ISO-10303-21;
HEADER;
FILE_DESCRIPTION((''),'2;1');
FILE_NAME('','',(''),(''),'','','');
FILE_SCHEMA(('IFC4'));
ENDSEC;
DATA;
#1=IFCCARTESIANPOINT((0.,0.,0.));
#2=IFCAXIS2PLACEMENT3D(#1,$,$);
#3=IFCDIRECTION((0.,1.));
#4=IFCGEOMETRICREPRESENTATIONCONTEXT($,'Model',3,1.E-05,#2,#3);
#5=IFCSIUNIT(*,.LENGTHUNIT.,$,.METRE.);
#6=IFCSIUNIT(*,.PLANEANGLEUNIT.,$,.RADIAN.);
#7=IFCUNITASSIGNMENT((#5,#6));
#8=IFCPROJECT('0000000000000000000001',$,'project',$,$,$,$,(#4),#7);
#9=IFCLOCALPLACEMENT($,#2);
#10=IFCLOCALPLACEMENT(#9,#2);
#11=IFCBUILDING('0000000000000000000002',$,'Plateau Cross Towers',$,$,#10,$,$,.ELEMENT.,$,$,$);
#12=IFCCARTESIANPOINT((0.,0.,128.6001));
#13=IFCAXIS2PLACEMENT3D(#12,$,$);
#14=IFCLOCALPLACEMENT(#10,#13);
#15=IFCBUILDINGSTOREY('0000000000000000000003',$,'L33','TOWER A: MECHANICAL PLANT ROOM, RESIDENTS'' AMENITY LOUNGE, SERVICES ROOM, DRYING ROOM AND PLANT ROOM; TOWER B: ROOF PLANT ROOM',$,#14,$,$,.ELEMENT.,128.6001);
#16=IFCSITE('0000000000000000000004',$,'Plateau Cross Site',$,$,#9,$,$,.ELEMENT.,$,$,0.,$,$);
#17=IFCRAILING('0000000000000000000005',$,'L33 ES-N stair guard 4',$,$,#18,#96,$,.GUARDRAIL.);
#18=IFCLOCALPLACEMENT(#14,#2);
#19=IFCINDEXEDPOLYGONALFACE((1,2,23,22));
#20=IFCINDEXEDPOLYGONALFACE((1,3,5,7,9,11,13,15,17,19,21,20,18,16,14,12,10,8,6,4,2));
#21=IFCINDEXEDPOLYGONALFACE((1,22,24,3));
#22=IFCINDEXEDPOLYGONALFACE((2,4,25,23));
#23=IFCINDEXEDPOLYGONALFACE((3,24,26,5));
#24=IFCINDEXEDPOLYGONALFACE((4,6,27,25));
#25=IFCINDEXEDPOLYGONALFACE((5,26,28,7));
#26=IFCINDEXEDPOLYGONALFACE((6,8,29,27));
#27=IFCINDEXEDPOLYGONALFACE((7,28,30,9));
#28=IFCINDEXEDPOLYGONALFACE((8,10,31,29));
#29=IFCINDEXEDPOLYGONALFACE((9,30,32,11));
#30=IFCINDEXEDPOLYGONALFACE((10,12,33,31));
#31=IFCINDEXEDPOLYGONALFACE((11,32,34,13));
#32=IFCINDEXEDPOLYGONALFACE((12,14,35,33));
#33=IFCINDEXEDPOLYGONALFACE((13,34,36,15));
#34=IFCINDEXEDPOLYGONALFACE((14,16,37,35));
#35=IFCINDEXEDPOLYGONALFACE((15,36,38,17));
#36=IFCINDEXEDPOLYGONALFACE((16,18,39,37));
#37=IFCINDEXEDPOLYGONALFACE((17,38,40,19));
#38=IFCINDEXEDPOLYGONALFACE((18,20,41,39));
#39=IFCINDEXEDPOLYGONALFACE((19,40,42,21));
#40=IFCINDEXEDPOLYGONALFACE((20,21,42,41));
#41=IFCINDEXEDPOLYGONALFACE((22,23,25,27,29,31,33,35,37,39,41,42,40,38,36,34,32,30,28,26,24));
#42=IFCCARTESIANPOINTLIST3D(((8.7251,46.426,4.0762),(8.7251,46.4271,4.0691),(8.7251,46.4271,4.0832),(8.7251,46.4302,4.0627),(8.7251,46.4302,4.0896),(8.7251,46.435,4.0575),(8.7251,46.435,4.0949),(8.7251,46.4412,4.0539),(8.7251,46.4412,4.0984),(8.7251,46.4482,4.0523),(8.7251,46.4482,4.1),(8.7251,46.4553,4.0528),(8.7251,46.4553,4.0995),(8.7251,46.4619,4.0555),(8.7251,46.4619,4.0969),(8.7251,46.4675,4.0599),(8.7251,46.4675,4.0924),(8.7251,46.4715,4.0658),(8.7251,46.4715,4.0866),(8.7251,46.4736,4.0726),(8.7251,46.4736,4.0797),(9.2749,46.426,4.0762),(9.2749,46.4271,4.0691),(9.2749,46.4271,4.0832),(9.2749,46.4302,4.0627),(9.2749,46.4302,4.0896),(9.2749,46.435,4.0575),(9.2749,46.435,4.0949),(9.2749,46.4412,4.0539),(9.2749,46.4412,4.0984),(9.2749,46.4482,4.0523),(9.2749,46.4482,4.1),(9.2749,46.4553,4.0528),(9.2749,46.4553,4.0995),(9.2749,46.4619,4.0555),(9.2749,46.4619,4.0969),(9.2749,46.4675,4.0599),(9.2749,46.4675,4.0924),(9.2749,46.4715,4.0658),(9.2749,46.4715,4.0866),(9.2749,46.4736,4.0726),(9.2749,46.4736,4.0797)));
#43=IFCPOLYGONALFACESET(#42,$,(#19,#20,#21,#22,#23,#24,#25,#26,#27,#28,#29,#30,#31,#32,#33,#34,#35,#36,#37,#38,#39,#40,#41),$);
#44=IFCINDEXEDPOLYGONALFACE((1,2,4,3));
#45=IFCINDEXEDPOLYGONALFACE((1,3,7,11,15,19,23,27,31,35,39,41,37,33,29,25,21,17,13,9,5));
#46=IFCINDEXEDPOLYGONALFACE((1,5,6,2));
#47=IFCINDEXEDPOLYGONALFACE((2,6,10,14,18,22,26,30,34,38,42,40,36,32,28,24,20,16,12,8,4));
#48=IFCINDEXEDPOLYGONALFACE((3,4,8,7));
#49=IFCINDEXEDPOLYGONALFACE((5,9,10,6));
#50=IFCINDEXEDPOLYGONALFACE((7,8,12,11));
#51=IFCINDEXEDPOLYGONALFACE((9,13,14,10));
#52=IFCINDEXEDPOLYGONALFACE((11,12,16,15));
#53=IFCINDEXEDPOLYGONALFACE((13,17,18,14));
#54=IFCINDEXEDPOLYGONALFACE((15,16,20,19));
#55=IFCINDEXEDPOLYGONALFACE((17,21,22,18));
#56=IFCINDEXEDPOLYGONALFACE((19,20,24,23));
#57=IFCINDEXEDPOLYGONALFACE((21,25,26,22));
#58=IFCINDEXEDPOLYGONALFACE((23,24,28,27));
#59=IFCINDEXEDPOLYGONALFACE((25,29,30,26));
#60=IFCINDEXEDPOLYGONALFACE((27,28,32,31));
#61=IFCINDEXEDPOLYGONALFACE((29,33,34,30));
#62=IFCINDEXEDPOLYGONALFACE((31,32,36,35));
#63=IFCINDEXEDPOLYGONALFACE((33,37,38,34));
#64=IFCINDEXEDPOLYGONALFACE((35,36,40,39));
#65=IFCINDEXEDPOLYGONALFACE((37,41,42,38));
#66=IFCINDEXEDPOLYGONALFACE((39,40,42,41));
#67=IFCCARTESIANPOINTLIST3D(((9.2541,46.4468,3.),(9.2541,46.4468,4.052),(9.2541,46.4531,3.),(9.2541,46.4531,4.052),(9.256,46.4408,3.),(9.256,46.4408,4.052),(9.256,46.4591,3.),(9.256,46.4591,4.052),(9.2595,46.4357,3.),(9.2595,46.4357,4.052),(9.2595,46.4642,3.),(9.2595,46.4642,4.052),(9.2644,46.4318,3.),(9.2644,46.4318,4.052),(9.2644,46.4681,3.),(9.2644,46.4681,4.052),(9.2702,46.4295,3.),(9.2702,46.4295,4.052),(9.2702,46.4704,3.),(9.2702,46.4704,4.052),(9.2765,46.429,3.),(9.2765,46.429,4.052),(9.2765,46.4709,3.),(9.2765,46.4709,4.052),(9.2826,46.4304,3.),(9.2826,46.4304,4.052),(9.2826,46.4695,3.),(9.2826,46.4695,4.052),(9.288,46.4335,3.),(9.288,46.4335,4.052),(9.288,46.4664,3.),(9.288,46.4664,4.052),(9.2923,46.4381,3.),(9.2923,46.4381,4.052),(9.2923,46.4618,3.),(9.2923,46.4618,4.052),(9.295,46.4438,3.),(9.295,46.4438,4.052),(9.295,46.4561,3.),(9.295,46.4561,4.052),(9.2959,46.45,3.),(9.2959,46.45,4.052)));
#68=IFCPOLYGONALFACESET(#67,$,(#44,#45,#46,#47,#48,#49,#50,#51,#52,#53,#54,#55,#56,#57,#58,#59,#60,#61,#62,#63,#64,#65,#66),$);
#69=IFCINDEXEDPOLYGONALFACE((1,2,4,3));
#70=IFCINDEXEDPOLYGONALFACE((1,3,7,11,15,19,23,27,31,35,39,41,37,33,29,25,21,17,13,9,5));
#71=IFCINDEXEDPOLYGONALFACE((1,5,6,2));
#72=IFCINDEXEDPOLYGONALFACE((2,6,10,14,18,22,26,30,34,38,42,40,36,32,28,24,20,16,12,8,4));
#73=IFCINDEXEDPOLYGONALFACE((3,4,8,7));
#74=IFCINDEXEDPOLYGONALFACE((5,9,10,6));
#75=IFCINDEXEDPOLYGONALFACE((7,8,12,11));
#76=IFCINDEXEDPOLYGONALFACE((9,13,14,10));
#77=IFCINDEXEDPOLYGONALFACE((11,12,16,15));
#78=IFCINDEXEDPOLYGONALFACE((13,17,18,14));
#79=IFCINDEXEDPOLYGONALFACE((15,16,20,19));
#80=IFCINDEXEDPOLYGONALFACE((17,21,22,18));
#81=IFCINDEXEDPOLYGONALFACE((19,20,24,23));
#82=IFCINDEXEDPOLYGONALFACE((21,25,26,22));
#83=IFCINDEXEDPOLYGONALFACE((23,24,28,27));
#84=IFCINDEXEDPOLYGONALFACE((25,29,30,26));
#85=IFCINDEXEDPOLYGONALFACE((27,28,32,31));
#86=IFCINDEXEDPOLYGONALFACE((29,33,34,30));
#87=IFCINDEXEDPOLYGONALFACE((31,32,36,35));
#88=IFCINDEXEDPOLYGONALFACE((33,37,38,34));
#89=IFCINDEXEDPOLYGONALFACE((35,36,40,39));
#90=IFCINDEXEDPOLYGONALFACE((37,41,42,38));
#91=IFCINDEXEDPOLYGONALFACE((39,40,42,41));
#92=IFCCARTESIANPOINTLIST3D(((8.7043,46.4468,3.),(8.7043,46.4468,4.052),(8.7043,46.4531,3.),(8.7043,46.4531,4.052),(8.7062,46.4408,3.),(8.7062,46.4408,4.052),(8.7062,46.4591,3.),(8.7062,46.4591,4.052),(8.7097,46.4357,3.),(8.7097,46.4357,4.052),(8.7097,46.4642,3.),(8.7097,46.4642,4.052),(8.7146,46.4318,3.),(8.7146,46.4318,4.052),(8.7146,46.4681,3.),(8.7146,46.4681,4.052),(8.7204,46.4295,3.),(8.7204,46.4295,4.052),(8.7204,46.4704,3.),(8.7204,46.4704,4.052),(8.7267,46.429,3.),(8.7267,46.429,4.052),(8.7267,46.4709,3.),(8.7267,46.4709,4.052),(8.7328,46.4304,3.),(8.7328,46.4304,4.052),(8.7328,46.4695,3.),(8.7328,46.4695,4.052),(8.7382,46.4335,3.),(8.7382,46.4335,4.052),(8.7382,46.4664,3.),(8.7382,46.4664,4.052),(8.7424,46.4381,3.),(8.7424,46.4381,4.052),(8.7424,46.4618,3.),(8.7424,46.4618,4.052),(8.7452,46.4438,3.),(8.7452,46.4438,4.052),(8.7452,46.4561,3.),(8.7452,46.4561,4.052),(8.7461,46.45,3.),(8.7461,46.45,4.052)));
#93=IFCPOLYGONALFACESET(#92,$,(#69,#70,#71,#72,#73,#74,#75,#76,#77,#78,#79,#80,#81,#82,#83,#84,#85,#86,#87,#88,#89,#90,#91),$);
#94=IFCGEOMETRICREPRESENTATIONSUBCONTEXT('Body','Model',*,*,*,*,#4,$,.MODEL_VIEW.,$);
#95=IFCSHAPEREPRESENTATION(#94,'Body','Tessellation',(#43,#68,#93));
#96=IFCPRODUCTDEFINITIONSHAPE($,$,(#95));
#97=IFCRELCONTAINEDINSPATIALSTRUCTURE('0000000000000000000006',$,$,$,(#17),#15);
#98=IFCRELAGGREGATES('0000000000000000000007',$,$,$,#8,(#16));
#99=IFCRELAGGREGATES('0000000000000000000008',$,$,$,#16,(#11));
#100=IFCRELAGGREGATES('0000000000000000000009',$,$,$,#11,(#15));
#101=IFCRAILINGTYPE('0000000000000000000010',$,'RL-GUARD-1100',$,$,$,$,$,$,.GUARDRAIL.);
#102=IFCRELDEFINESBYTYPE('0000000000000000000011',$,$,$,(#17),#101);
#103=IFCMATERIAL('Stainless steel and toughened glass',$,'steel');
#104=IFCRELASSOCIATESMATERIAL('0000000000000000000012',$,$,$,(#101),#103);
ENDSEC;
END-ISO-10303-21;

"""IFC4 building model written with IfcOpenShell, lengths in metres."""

from ifc_helpers import new_model, si_unit, direction, frame, origin, origin_2d, place, context, subcontext, project, spatial, circle, extrude, material, type_object, element, save


model = new_model("IFC4")

# Units and contexts
model_context = context("Model", 3, precision=1e-05, world=origin(), true_north=direction((0.0, 1.0)))
body_context = subcontext(model_context, "Body", "Model", "MODEL_VIEW")
ifc_project = project(units=[si_unit("LENGTHUNIT", "METRE"), si_unit("PLANEANGLEUNIT", "RADIAN")], contexts=[model_context])

# Site, building, storey
site_placement = place(None, origin())
site = spatial("IfcSite", under=ifc_project, at=site_placement, Name="Plateau Cross Site", CompositionType="ELEMENT", RefElevation=0.0)
building_placement = place(site_placement, origin())
building = spatial("IfcBuilding", under=site, at=building_placement, Name="Plateau Cross Towers", CompositionType="ELEMENT")
storey_placement = place(building_placement, frame((0.0, 0.0, 128.6001)))
storey = spatial("IfcBuildingStorey", under=building, at=storey_placement, Name="L33", Description="TOWER A: MECHANICAL PLANT ROOM, RESIDENTS' AMENITY LOUNGE, SERVICES ROOM, DRYING ROOM AND PLANT ROOM; TOWER B: ROOF PLANT ROOM", CompositionType="ELEMENT", Elevation=128.6001)

# Railing
ifc_material_1 = material(Name="Stainless steel and toughened glass", Category="steel")
railing_type_1 = type_object("IfcRailingType", Name="RL-GUARD-1100", PredefinedType="GUARDRAIL", material=ifc_material_1)
for number, where, name in (
    (1, (9.2749, 46.45, 3.0), "L33 ES-N stair guard 4"),
):
    element("IfcRailing", number, at=place(storey_placement, frame(where)), inside=storey, type_object=railing_type_1, Name=name, PredefinedType="GUARDRAIL", context=body_context, shape_type="SweptSolid", body=[
        extrude(circle(Radius=0.0239, at=origin_2d()), frame((0.0, 0.0, 1.0762), z_axis=(-1.0, 0.0, 0.0), x_axis=(0.0, -1.0, 0.0)), (0.0, 0.0, 1.0), 0.5498),
        extrude(circle(Radius=0.021, at=origin_2d()), origin(), (0.0, 0.0, 1.0), 1.052),
        extrude(circle(Radius=0.021, at=origin_2d()), frame((-0.5498, 0.0, 0.0)), (0.0, 0.0, 1.0), 1.052),
    ])

save(model, "model.ifc")
